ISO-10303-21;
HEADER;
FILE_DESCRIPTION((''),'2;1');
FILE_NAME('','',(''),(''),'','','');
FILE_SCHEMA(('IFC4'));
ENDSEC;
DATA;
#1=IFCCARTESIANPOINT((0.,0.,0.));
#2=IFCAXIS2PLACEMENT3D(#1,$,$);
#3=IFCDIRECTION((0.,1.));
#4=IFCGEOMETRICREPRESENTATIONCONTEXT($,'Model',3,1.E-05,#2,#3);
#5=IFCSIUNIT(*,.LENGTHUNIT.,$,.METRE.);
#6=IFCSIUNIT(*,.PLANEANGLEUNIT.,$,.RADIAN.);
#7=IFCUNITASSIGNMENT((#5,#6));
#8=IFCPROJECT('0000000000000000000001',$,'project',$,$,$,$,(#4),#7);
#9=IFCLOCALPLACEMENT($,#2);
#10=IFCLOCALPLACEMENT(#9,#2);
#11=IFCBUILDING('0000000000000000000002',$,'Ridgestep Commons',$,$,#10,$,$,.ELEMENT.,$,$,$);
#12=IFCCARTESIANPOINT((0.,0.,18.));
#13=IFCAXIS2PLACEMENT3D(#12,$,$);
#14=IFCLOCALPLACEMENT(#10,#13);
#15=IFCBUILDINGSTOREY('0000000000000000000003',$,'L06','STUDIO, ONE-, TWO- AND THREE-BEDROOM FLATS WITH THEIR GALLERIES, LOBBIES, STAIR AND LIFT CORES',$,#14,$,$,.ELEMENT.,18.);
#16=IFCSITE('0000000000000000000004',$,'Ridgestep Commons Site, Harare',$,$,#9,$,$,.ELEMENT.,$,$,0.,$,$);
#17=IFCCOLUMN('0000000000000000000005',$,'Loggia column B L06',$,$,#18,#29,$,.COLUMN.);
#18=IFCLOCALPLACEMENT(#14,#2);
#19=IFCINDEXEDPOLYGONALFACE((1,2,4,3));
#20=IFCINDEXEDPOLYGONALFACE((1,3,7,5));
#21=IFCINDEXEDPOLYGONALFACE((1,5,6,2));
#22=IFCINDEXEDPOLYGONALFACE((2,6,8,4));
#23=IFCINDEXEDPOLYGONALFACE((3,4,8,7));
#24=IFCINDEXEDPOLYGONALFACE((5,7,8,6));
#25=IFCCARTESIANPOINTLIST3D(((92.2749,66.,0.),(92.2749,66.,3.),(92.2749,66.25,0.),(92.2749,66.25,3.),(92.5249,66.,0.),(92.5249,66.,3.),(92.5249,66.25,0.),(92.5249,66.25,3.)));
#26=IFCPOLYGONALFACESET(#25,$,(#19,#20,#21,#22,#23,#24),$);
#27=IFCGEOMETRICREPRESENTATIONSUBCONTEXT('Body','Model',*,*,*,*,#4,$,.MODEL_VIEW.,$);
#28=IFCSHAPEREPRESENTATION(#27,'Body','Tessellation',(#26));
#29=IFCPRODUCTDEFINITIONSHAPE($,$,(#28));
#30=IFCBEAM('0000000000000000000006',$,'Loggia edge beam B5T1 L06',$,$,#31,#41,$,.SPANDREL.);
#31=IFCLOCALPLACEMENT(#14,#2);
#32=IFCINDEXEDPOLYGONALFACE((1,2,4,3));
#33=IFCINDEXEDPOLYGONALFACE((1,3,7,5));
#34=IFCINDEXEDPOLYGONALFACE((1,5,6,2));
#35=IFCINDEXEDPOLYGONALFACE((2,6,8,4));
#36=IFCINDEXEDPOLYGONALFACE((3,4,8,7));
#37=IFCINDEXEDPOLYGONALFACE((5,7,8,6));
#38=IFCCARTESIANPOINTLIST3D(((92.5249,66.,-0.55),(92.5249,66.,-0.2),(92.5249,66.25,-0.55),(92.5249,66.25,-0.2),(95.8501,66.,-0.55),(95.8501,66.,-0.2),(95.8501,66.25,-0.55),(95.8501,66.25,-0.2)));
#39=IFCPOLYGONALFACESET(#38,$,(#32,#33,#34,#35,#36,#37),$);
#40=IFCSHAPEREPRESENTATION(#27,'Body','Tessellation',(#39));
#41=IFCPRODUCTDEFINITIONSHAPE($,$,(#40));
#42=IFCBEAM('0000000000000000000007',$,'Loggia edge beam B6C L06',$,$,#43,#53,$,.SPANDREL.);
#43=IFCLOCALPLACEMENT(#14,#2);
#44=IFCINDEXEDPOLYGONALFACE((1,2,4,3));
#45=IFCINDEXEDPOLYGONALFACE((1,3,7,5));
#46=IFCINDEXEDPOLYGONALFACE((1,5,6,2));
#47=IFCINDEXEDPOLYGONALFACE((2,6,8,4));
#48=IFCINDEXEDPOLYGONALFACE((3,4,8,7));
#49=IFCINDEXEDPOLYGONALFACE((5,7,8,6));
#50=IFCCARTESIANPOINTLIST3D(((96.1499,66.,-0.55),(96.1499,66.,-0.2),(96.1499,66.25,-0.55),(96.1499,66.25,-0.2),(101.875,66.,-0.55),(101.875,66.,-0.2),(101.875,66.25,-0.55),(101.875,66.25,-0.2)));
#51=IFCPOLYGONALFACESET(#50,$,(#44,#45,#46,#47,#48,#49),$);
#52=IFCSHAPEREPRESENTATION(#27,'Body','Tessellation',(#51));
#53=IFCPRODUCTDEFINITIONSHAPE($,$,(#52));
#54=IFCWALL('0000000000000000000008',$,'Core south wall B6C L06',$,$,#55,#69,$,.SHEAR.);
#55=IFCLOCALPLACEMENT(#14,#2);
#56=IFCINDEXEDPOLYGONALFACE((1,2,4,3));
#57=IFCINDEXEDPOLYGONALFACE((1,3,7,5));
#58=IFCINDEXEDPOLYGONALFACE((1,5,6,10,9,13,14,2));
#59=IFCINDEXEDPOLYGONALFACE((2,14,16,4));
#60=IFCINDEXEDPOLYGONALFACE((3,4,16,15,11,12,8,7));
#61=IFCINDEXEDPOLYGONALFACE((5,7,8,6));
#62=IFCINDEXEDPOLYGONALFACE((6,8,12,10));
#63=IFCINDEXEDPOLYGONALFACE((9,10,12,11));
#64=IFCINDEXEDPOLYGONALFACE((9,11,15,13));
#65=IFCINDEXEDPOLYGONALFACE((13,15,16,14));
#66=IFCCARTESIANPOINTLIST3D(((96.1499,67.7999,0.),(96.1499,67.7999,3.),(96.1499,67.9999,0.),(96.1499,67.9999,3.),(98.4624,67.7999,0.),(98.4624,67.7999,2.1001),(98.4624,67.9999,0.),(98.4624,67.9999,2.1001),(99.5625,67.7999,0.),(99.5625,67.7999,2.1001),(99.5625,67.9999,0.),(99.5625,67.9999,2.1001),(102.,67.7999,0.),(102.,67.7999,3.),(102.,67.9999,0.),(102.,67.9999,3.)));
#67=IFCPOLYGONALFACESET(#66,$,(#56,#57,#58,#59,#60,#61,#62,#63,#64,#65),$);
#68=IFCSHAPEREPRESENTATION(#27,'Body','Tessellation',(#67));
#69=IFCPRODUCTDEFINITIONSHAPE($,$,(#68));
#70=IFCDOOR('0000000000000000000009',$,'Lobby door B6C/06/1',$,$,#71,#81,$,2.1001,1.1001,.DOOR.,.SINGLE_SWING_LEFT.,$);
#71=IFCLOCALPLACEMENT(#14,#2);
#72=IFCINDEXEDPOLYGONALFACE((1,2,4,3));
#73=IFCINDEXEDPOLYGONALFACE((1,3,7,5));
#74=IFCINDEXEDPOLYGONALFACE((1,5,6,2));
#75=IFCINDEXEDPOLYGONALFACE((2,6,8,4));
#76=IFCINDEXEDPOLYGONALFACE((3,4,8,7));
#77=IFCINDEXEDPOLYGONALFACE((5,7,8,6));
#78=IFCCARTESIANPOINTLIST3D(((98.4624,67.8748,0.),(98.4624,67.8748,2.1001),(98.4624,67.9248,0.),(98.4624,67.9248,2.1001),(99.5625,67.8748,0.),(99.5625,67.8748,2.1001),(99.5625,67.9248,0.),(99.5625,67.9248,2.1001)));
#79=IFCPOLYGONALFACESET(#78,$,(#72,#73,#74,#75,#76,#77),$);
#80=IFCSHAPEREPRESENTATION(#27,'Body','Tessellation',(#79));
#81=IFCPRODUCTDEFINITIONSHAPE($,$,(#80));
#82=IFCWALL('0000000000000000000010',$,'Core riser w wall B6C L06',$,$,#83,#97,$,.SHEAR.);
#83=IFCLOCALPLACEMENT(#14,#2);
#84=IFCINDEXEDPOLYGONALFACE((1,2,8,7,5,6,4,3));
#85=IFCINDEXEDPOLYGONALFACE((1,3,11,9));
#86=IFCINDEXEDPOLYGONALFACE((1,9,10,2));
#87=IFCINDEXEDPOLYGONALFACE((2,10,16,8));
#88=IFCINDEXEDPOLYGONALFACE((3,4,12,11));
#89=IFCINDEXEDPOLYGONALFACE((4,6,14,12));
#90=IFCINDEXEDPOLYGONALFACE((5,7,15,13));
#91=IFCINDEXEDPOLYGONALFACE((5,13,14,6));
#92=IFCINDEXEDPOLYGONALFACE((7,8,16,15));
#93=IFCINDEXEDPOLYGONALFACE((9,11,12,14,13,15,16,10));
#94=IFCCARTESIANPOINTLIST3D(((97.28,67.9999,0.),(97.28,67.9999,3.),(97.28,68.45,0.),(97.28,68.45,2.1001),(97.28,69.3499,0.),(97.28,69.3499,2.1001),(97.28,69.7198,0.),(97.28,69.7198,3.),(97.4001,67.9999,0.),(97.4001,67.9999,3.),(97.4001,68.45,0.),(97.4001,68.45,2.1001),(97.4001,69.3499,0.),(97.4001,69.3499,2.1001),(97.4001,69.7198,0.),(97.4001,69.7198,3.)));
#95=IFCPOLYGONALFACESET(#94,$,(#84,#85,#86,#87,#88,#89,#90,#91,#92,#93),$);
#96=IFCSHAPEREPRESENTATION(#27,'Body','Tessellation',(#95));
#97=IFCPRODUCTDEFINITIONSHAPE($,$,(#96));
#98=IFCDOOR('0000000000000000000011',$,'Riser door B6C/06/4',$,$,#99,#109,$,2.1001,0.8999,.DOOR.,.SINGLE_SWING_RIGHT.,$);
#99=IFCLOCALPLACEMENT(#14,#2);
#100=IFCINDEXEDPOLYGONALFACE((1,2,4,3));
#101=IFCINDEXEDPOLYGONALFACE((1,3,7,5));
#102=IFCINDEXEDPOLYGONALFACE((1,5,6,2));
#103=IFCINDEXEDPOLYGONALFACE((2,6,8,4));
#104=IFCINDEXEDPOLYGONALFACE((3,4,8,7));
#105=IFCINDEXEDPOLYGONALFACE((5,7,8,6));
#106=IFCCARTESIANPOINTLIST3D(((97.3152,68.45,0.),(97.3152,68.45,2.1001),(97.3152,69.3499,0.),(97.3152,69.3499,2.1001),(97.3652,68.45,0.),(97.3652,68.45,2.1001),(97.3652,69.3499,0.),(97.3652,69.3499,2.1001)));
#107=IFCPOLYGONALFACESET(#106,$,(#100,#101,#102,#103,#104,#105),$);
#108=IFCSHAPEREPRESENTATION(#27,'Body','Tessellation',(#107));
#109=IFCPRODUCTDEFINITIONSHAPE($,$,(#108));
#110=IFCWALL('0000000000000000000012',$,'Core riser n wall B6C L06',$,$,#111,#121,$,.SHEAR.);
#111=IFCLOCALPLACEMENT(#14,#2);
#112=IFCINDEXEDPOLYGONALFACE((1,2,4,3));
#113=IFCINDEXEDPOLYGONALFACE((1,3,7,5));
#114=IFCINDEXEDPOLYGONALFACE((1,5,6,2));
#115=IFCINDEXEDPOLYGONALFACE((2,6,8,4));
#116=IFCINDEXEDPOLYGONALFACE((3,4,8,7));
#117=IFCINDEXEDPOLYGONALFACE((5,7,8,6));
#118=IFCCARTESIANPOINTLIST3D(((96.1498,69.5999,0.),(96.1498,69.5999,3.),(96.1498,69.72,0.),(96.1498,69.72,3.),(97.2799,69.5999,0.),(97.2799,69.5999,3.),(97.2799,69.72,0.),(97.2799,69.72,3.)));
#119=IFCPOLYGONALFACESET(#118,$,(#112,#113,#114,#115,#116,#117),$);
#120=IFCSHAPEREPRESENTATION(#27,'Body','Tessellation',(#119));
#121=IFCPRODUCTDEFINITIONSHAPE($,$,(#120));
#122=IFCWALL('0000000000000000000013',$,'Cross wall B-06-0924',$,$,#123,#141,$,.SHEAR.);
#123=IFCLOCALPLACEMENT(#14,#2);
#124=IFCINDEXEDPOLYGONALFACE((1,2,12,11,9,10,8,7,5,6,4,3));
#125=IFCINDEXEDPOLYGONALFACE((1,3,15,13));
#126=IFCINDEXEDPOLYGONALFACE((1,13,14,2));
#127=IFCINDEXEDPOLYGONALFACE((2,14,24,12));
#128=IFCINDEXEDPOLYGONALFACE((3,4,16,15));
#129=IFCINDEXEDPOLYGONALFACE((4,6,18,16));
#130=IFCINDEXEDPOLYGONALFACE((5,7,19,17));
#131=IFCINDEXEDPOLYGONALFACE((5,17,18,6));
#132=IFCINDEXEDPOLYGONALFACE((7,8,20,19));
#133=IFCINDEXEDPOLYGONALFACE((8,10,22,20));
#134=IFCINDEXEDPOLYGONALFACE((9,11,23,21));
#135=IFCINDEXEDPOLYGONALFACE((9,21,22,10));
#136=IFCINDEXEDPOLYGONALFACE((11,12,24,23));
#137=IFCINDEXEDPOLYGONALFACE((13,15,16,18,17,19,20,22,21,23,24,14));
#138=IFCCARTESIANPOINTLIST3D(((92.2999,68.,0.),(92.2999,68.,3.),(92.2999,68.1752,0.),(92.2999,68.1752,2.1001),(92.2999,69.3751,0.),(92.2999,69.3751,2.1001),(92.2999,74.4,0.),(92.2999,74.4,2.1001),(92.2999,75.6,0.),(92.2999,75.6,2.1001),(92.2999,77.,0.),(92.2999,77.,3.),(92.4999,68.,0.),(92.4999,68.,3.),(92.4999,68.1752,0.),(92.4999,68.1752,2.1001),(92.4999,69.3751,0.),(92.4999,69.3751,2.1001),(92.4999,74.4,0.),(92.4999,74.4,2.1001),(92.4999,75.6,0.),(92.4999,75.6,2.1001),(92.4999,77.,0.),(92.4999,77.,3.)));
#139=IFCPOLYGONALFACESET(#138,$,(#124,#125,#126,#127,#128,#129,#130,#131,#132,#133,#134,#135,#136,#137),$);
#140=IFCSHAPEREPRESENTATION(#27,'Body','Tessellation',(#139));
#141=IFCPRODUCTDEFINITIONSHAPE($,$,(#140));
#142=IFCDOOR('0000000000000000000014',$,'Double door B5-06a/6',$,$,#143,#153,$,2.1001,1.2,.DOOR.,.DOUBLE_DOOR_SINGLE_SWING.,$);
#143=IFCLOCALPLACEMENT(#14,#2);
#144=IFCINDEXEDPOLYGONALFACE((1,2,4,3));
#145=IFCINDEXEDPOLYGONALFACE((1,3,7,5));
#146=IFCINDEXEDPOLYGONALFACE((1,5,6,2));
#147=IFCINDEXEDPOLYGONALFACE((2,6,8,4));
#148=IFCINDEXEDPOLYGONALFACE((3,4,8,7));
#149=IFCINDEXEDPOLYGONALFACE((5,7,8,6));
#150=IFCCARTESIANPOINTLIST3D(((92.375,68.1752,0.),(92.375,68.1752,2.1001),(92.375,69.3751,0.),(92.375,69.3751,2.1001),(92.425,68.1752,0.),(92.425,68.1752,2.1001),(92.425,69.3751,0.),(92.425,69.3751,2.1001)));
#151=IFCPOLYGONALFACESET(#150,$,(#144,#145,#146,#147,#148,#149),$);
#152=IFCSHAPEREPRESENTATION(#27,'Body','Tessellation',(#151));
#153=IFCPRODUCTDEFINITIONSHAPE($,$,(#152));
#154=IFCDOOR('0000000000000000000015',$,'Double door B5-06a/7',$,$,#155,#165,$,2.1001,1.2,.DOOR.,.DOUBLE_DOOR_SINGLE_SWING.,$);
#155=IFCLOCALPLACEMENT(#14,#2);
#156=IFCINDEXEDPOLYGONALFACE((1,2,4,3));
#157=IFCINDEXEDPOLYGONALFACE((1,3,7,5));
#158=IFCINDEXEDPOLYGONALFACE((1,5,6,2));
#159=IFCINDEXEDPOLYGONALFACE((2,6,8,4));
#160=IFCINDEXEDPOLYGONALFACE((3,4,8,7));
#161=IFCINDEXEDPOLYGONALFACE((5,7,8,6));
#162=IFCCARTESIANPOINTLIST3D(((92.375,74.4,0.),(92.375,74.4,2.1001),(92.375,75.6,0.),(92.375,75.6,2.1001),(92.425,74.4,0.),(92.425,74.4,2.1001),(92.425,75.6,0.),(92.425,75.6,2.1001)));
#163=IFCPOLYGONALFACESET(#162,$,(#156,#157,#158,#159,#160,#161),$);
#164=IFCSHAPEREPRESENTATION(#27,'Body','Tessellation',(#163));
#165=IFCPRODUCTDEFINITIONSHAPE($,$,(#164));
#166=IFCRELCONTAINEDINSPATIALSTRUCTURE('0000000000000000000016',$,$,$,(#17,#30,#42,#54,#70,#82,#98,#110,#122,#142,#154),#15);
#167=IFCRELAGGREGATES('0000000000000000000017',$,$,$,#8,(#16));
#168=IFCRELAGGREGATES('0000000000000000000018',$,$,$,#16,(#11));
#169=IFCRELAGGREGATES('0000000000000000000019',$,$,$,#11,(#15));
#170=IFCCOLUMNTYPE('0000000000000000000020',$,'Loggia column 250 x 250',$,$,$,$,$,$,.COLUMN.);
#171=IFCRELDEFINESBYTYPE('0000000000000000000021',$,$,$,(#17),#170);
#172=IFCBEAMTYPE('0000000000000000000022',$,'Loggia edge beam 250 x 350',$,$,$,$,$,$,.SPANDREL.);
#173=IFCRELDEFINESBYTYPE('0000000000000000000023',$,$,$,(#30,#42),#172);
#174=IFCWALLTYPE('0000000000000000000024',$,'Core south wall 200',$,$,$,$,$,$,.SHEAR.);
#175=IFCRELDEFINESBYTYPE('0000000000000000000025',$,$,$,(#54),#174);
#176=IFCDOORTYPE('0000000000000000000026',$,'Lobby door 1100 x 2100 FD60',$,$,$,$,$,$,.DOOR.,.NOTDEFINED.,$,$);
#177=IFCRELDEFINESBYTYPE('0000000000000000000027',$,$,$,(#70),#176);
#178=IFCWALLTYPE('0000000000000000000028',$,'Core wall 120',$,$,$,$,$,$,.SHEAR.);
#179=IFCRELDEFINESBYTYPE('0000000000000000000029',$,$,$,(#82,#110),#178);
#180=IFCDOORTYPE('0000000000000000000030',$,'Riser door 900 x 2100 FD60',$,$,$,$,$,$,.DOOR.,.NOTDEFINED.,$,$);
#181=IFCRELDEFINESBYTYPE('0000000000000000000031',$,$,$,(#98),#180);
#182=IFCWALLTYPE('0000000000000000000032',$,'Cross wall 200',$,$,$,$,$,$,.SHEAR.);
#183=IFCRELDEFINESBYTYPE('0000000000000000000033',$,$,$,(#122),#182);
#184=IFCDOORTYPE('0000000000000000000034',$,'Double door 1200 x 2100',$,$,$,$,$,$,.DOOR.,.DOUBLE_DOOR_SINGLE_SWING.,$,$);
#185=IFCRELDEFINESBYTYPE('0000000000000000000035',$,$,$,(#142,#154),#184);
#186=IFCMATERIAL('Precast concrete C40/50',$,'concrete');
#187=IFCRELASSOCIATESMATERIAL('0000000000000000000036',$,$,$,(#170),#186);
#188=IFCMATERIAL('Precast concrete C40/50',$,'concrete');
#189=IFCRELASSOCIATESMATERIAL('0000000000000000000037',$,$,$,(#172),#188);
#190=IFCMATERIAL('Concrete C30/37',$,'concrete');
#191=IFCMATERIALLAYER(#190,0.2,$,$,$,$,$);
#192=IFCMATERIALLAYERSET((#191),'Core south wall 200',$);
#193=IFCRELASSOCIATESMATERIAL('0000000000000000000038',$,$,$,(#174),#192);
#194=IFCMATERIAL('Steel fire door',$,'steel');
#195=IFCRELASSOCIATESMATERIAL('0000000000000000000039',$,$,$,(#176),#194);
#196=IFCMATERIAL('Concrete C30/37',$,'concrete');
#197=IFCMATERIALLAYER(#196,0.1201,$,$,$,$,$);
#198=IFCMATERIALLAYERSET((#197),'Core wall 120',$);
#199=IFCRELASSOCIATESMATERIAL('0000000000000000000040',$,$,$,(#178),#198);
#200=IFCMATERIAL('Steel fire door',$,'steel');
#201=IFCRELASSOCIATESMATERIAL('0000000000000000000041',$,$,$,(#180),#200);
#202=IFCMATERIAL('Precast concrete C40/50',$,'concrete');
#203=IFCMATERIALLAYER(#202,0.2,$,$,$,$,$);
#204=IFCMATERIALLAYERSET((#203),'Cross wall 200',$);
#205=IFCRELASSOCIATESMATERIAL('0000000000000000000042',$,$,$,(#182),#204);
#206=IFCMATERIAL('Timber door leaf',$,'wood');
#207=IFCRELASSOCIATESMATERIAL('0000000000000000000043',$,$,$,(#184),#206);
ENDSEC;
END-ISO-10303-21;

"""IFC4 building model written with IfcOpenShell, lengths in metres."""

from ifc_helpers import new_model, si_unit, direction, frame, frame_2d, origin, origin_2d, place, context, subcontext, project, spatial, rectangle, extrude, material, layer, layer_set, material_profile, profile_set, type_object, element, fill, save


model = new_model("IFC4")

# Units and contexts
model_context = context("Model", 3, precision=1e-05, world=origin(), true_north=direction((0.0, 1.0)))
body_context = subcontext(model_context, "Body", "Model", "MODEL_VIEW")
ifc_project = project(units=[si_unit("LENGTHUNIT", "METRE"), si_unit("PLANEANGLEUNIT", "RADIAN")], contexts=[model_context])

# Site, building, storey
site_placement = place(None, origin())
site = spatial("IfcSite", under=ifc_project, at=site_placement, Name="Ridgestep Commons Site, Harare", CompositionType="ELEMENT", RefElevation=0.0)
building_placement = place(site_placement, origin())
building = spatial("IfcBuilding", under=site, at=building_placement, Name="Ridgestep Commons", CompositionType="ELEMENT")
storey_placement = place(building_placement, frame((0.0, 0.0, 18.0)))
storey = spatial("IfcBuildingStorey", under=building, at=storey_placement, Name="L06", Description="STUDIO, ONE-, TWO- AND THREE-BEDROOM FLATS WITH THEIR GALLERIES, LOBBIES, STAIR AND LIFT CORES", CompositionType="ELEMENT", Elevation=18.0)

# Column
ifc_material_1 = material(Name="Precast concrete C40/50", Category="concrete")
ifc_material_profile_1 = material_profile(ifc_material_1, rectangle(XDim=0.25, YDim=0.25, at=origin_2d()), Name="PC 250x250")
ifc_profile_set_1 = profile_set([ifc_material_profile_1], Name="Precast concrete C40/50")
column_type = type_object("IfcColumnType", Name="Loggia column 250 x 250", PredefinedType="COLUMN", material=ifc_profile_set_1)
column_placement = place(storey_placement, frame((92.3999, 66.125, 0.0), z_axis=(0.0, 0.0, 1.0), x_axis=(1.0, 0.0, 0.0)))
element("IfcColumn", 1, at=column_placement, inside=storey, type_object=column_type, Name="Loggia column B L06", PredefinedType="COLUMN", context=body_context, shape_type="SweptSolid", body=[
    extrude(rectangle(XDim=0.25, YDim=0.25, at=origin_2d()), origin(), (0.0, 0.0, 1.0), 3.0),
])

# Beams
ifc_material_2 = material(Name="Precast concrete C40/50", Category="concrete")
ifc_material_profile_2 = material_profile(ifc_material_2, rectangle(XDim=0.25, YDim=0.3501, at=origin_2d()), Name="PC 250x350")
ifc_profile_set_2 = profile_set([ifc_material_profile_2], Name="Precast concrete C40/50")
beam_type = type_object("IfcBeamType", Name="Loggia edge beam 250 x 350", PredefinedType="SPANDREL", material=ifc_profile_set_2)
beam_1_placement = place(storey_placement, frame((92.5249, 66.125, -0.375), z_axis=(1.0, 0.0, 0.0), x_axis=(0.0, 1.0, 0.0)))
element("IfcBeam", 2, at=beam_1_placement, inside=storey, type_object=beam_type, Name="Loggia edge beam B5T1 L06", PredefinedType="SPANDREL", context=body_context, shape_type="SweptSolid", body=[
    extrude(rectangle(XDim=0.25, YDim=0.3501, at=origin_2d()), origin(), (0.0, 0.0, 1.0), 3.3252),
])
beam_2_placement = place(storey_placement, frame((96.1499, 66.125, -0.375), z_axis=(1.0, 0.0, 0.0), x_axis=(0.0, 1.0, 0.0)))
element("IfcBeam", 3, at=beam_2_placement, inside=storey, type_object=beam_type, Name="Loggia edge beam B6C L06", PredefinedType="SPANDREL", context=body_context, shape_type="SweptSolid", body=[
    extrude(rectangle(XDim=0.25, YDim=0.3501, at=origin_2d()), origin(), (0.0, 0.0, 1.0), 5.7251),
])

# Walls, openings, doors
ifc_material_3 = material(Name="Concrete C30/37", Category="concrete")
ifc_layer_1 = layer(ifc_material_3, 0.2)
ifc_layer_set_1 = layer_set([ifc_layer_1], Name="Core south wall 200")
wall_type_1 = type_object("IfcWallType", Name="Core south wall 200", PredefinedType="SHEAR", material=ifc_layer_set_1)
wall_1_placement = place(storey_placement, frame((96.1499, 67.8999, 0.0), z_axis=(0.0, 0.0, 1.0), x_axis=(1.0, 0.0, 0.0)))
wall_1 = element("IfcWall", 4, at=wall_1_placement, inside=storey, type_object=wall_type_1, Name="Core south wall B6C L06", PredefinedType="SHEAR", context=body_context, shape_type="SweptSolid", body=[
    extrude(rectangle(XDim=5.8501, YDim=0.2, at=frame_2d((2.925, 0.0))), origin(), (0.0, 0.0, 1.0), 3.0),
])
opening_1_placement = place(wall_1_placement, frame((2.3125, 0.0, 0.0)))
opening_1 = element("IfcOpeningElement", 5, at=opening_1_placement, cuts=wall_1, PredefinedType="OPENING", context=body_context, shape_type="SweptSolid", body=[
    extrude(rectangle(XDim=1.1001, YDim=2.1001, at=frame_2d((0.55, 1.05))), frame((0.0, 0.1099, 0.0), z_axis=(0.0, -1.0, 0.0), x_axis=(1.0, 0.0, 0.0)), (0.0, 0.0, 1.0), 0.22),
])
ifc_material_4 = material(Name="Steel fire door", Category="steel")
door_type_1 = type_object("IfcDoorType", Name="Lobby door 1100 x 2100 FD60", OperationType="NOTDEFINED", PredefinedType="DOOR", material=ifc_material_4)
door_1_placement = place(opening_1_placement, origin())
door_1 = element("IfcDoor", 6, at=door_1_placement, inside=storey, type_object=door_type_1, Name="Lobby door B6C/06/1", OperationType="SINGLE_SWING_LEFT", OverallHeight=2.1001, OverallWidth=1.1001, PredefinedType="DOOR", context=body_context, shape_type="SweptSolid", body=[
    extrude(rectangle(XDim=1.1001, YDim=2.1001, at=frame_2d((0.55, 1.05))), frame((0.0, 0.0249, 0.0), z_axis=(0.0, -1.0, 0.0), x_axis=(1.0, 0.0, 0.0)), (0.0, 0.0, 1.0), 0.05),
])
fill(opening_1, door_1)
ifc_material_5 = material(Name="Concrete C30/37", Category="concrete")
ifc_layer_2 = layer(ifc_material_5, 0.1201)
ifc_layer_set_2 = layer_set([ifc_layer_2], Name="Core wall 120")
wall_type_2 = type_object("IfcWallType", Name="Core wall 120", PredefinedType="SHEAR", material=ifc_layer_set_2)
wall_2_placement = place(storey_placement, frame((97.3401, 68.0, 0.0), z_axis=(0.0, 0.0, 1.0), x_axis=(0.0, 1.0, 0.0)))
wall_2 = element("IfcWall", 7, at=wall_2_placement, inside=storey, type_object=wall_type_2, Name="Core riser w wall B6C L06", PredefinedType="SHEAR", context=body_context, shape_type="SweptSolid", body=[
    extrude(rectangle(XDim=1.72, YDim=0.1201, at=frame_2d((0.8599, 0.0))), origin(), (0.0, 0.0, 1.0), 3.0),
])
opening_2_placement = place(wall_2_placement, frame((0.45, 0.0, 0.0)))
opening_2 = element("IfcOpeningElement", 8, at=opening_2_placement, cuts=wall_2, PredefinedType="OPENING", context=body_context, shape_type="SweptSolid", body=[
    extrude(rectangle(XDim=0.8999, YDim=2.1001, at=frame_2d((0.45, 1.05))), frame((0.0, 0.0701, 0.0), z_axis=(0.0, -1.0, 0.0), x_axis=(1.0, 0.0, 0.0)), (0.0, 0.0, 1.0), 0.1401),
])
ifc_material_6 = material(Name="Steel fire door", Category="steel")
door_type_2 = type_object("IfcDoorType", Name="Riser door 900 x 2100 FD60", OperationType="NOTDEFINED", PredefinedType="DOOR", material=ifc_material_6)
door_2_placement = place(opening_2_placement, origin())
door_2 = element("IfcDoor", 9, at=door_2_placement, inside=storey, type_object=door_type_2, Name="Riser door B6C/06/4", OperationType="SINGLE_SWING_RIGHT", OverallHeight=2.1001, OverallWidth=0.8999, PredefinedType="DOOR", context=body_context, shape_type="SweptSolid", body=[
    extrude(rectangle(XDim=0.8999, YDim=2.1001, at=frame_2d((0.45, 1.05))), frame((0.0, 0.0249, 0.0), z_axis=(0.0, -1.0, 0.0), x_axis=(1.0, 0.0, 0.0)), (0.0, 0.0, 1.0), 0.05),
])
fill(opening_2, door_2)

# Wall
wall_3_placement = place(storey_placement, frame((96.1499, 69.6599, 0.0), z_axis=(0.0, 0.0, 1.0), x_axis=(1.0, 0.0, 0.0)))
element("IfcWall", 10, at=wall_3_placement, inside=storey, type_object=wall_type_2, Name="Core riser n wall B6C L06", PredefinedType="SHEAR", context=body_context, shape_type="SweptSolid", body=[
    extrude(rectangle(XDim=1.1301, YDim=0.1201, at=frame_2d((0.5649, 0.0))), origin(), (0.0, 0.0, 1.0), 3.0),
])

# Wall, openings, doors
ifc_material_7 = material(Name="Precast concrete C40/50", Category="concrete")
ifc_layer_3 = layer(ifc_material_7, 0.2)
ifc_layer_set_3 = layer_set([ifc_layer_3], Name="Cross wall 200")
wall_type_3 = type_object("IfcWallType", Name="Cross wall 200", PredefinedType="SHEAR", material=ifc_layer_set_3)
wall_4_placement = place(storey_placement, frame((92.3999, 68.0, 0.0), z_axis=(0.0, 0.0, 1.0), x_axis=(0.0, 1.0, 0.0)))
wall_4 = element("IfcWall", 11, at=wall_4_placement, inside=storey, type_object=wall_type_3, Name="Cross wall B-06-0924", PredefinedType="SHEAR", context=body_context, shape_type="SweptSolid", body=[
    extrude(rectangle(XDim=9.0, YDim=0.2, at=frame_2d((4.5, 0.0))), origin(), (0.0, 0.0, 1.0), 3.0),
])
opening_3_placement = place(wall_4_placement, frame((0.175, 0.0, 0.0)))
opening_3 = element("IfcOpeningElement", 12, at=opening_3_placement, cuts=wall_4, PredefinedType="OPENING", context=body_context, shape_type="SweptSolid", body=[
    extrude(rectangle(XDim=1.2, YDim=2.1001, at=frame_2d((0.6001, 1.05))), frame((0.0, 0.1099, 0.0), z_axis=(0.0, -1.0, 0.0), x_axis=(1.0, 0.0, 0.0)), (0.0, 0.0, 1.0), 0.22),
])
opening_4_placement = place(wall_4_placement, frame((6.3999, 0.0, 0.0)))
opening_4 = element("IfcOpeningElement", 13, at=opening_4_placement, cuts=wall_4, PredefinedType="OPENING", context=body_context, shape_type="SweptSolid", body=[
    extrude(rectangle(XDim=1.2, YDim=2.1001, at=frame_2d((0.6001, 1.05))), frame((0.0, 0.1099, 0.0), z_axis=(0.0, -1.0, 0.0), x_axis=(1.0, 0.0, 0.0)), (0.0, 0.0, 1.0), 0.22),
])
ifc_material_8 = material(Name="Timber door leaf", Category="wood")
door_type_3 = type_object("IfcDoorType", Name="Double door 1200 x 2100", OperationType="DOUBLE_DOOR_SINGLE_SWING", PredefinedType="DOOR", material=ifc_material_8)
door_3_placement = place(opening_3_placement, origin())
door_3 = element("IfcDoor", 14, at=door_3_placement, inside=storey, type_object=door_type_3, Name="Double door B5-06a/6", OperationType="DOUBLE_DOOR_SINGLE_SWING", OverallHeight=2.1001, OverallWidth=1.2, PredefinedType="DOOR", context=body_context, shape_type="SweptSolid", body=[
    extrude(rectangle(XDim=1.2, YDim=2.1001, at=frame_2d((0.6001, 1.05))), frame((0.0, 0.0249, 0.0), z_axis=(0.0, -1.0, 0.0), x_axis=(1.0, 0.0, 0.0)), (0.0, 0.0, 1.0), 0.05),
])
fill(opening_3, door_3)
door_4_placement = place(opening_4_placement, origin())
door_4 = element("IfcDoor", 15, at=door_4_placement, inside=storey, type_object=door_type_3, Name="Double door B5-06a/7", OperationType="DOUBLE_DOOR_SINGLE_SWING", OverallHeight=2.1001, OverallWidth=1.2, PredefinedType="DOOR", context=body_context, shape_type="SweptSolid", body=[
    extrude(rectangle(XDim=1.2, YDim=2.1001, at=frame_2d((0.6001, 1.05))), frame((0.0, 0.0249, 0.0), z_axis=(0.0, -1.0, 0.0), x_axis=(1.0, 0.0, 0.0)), (0.0, 0.0, 1.0), 0.05),
])
fill(opening_4, door_4)

save(model, "model.ifc")
